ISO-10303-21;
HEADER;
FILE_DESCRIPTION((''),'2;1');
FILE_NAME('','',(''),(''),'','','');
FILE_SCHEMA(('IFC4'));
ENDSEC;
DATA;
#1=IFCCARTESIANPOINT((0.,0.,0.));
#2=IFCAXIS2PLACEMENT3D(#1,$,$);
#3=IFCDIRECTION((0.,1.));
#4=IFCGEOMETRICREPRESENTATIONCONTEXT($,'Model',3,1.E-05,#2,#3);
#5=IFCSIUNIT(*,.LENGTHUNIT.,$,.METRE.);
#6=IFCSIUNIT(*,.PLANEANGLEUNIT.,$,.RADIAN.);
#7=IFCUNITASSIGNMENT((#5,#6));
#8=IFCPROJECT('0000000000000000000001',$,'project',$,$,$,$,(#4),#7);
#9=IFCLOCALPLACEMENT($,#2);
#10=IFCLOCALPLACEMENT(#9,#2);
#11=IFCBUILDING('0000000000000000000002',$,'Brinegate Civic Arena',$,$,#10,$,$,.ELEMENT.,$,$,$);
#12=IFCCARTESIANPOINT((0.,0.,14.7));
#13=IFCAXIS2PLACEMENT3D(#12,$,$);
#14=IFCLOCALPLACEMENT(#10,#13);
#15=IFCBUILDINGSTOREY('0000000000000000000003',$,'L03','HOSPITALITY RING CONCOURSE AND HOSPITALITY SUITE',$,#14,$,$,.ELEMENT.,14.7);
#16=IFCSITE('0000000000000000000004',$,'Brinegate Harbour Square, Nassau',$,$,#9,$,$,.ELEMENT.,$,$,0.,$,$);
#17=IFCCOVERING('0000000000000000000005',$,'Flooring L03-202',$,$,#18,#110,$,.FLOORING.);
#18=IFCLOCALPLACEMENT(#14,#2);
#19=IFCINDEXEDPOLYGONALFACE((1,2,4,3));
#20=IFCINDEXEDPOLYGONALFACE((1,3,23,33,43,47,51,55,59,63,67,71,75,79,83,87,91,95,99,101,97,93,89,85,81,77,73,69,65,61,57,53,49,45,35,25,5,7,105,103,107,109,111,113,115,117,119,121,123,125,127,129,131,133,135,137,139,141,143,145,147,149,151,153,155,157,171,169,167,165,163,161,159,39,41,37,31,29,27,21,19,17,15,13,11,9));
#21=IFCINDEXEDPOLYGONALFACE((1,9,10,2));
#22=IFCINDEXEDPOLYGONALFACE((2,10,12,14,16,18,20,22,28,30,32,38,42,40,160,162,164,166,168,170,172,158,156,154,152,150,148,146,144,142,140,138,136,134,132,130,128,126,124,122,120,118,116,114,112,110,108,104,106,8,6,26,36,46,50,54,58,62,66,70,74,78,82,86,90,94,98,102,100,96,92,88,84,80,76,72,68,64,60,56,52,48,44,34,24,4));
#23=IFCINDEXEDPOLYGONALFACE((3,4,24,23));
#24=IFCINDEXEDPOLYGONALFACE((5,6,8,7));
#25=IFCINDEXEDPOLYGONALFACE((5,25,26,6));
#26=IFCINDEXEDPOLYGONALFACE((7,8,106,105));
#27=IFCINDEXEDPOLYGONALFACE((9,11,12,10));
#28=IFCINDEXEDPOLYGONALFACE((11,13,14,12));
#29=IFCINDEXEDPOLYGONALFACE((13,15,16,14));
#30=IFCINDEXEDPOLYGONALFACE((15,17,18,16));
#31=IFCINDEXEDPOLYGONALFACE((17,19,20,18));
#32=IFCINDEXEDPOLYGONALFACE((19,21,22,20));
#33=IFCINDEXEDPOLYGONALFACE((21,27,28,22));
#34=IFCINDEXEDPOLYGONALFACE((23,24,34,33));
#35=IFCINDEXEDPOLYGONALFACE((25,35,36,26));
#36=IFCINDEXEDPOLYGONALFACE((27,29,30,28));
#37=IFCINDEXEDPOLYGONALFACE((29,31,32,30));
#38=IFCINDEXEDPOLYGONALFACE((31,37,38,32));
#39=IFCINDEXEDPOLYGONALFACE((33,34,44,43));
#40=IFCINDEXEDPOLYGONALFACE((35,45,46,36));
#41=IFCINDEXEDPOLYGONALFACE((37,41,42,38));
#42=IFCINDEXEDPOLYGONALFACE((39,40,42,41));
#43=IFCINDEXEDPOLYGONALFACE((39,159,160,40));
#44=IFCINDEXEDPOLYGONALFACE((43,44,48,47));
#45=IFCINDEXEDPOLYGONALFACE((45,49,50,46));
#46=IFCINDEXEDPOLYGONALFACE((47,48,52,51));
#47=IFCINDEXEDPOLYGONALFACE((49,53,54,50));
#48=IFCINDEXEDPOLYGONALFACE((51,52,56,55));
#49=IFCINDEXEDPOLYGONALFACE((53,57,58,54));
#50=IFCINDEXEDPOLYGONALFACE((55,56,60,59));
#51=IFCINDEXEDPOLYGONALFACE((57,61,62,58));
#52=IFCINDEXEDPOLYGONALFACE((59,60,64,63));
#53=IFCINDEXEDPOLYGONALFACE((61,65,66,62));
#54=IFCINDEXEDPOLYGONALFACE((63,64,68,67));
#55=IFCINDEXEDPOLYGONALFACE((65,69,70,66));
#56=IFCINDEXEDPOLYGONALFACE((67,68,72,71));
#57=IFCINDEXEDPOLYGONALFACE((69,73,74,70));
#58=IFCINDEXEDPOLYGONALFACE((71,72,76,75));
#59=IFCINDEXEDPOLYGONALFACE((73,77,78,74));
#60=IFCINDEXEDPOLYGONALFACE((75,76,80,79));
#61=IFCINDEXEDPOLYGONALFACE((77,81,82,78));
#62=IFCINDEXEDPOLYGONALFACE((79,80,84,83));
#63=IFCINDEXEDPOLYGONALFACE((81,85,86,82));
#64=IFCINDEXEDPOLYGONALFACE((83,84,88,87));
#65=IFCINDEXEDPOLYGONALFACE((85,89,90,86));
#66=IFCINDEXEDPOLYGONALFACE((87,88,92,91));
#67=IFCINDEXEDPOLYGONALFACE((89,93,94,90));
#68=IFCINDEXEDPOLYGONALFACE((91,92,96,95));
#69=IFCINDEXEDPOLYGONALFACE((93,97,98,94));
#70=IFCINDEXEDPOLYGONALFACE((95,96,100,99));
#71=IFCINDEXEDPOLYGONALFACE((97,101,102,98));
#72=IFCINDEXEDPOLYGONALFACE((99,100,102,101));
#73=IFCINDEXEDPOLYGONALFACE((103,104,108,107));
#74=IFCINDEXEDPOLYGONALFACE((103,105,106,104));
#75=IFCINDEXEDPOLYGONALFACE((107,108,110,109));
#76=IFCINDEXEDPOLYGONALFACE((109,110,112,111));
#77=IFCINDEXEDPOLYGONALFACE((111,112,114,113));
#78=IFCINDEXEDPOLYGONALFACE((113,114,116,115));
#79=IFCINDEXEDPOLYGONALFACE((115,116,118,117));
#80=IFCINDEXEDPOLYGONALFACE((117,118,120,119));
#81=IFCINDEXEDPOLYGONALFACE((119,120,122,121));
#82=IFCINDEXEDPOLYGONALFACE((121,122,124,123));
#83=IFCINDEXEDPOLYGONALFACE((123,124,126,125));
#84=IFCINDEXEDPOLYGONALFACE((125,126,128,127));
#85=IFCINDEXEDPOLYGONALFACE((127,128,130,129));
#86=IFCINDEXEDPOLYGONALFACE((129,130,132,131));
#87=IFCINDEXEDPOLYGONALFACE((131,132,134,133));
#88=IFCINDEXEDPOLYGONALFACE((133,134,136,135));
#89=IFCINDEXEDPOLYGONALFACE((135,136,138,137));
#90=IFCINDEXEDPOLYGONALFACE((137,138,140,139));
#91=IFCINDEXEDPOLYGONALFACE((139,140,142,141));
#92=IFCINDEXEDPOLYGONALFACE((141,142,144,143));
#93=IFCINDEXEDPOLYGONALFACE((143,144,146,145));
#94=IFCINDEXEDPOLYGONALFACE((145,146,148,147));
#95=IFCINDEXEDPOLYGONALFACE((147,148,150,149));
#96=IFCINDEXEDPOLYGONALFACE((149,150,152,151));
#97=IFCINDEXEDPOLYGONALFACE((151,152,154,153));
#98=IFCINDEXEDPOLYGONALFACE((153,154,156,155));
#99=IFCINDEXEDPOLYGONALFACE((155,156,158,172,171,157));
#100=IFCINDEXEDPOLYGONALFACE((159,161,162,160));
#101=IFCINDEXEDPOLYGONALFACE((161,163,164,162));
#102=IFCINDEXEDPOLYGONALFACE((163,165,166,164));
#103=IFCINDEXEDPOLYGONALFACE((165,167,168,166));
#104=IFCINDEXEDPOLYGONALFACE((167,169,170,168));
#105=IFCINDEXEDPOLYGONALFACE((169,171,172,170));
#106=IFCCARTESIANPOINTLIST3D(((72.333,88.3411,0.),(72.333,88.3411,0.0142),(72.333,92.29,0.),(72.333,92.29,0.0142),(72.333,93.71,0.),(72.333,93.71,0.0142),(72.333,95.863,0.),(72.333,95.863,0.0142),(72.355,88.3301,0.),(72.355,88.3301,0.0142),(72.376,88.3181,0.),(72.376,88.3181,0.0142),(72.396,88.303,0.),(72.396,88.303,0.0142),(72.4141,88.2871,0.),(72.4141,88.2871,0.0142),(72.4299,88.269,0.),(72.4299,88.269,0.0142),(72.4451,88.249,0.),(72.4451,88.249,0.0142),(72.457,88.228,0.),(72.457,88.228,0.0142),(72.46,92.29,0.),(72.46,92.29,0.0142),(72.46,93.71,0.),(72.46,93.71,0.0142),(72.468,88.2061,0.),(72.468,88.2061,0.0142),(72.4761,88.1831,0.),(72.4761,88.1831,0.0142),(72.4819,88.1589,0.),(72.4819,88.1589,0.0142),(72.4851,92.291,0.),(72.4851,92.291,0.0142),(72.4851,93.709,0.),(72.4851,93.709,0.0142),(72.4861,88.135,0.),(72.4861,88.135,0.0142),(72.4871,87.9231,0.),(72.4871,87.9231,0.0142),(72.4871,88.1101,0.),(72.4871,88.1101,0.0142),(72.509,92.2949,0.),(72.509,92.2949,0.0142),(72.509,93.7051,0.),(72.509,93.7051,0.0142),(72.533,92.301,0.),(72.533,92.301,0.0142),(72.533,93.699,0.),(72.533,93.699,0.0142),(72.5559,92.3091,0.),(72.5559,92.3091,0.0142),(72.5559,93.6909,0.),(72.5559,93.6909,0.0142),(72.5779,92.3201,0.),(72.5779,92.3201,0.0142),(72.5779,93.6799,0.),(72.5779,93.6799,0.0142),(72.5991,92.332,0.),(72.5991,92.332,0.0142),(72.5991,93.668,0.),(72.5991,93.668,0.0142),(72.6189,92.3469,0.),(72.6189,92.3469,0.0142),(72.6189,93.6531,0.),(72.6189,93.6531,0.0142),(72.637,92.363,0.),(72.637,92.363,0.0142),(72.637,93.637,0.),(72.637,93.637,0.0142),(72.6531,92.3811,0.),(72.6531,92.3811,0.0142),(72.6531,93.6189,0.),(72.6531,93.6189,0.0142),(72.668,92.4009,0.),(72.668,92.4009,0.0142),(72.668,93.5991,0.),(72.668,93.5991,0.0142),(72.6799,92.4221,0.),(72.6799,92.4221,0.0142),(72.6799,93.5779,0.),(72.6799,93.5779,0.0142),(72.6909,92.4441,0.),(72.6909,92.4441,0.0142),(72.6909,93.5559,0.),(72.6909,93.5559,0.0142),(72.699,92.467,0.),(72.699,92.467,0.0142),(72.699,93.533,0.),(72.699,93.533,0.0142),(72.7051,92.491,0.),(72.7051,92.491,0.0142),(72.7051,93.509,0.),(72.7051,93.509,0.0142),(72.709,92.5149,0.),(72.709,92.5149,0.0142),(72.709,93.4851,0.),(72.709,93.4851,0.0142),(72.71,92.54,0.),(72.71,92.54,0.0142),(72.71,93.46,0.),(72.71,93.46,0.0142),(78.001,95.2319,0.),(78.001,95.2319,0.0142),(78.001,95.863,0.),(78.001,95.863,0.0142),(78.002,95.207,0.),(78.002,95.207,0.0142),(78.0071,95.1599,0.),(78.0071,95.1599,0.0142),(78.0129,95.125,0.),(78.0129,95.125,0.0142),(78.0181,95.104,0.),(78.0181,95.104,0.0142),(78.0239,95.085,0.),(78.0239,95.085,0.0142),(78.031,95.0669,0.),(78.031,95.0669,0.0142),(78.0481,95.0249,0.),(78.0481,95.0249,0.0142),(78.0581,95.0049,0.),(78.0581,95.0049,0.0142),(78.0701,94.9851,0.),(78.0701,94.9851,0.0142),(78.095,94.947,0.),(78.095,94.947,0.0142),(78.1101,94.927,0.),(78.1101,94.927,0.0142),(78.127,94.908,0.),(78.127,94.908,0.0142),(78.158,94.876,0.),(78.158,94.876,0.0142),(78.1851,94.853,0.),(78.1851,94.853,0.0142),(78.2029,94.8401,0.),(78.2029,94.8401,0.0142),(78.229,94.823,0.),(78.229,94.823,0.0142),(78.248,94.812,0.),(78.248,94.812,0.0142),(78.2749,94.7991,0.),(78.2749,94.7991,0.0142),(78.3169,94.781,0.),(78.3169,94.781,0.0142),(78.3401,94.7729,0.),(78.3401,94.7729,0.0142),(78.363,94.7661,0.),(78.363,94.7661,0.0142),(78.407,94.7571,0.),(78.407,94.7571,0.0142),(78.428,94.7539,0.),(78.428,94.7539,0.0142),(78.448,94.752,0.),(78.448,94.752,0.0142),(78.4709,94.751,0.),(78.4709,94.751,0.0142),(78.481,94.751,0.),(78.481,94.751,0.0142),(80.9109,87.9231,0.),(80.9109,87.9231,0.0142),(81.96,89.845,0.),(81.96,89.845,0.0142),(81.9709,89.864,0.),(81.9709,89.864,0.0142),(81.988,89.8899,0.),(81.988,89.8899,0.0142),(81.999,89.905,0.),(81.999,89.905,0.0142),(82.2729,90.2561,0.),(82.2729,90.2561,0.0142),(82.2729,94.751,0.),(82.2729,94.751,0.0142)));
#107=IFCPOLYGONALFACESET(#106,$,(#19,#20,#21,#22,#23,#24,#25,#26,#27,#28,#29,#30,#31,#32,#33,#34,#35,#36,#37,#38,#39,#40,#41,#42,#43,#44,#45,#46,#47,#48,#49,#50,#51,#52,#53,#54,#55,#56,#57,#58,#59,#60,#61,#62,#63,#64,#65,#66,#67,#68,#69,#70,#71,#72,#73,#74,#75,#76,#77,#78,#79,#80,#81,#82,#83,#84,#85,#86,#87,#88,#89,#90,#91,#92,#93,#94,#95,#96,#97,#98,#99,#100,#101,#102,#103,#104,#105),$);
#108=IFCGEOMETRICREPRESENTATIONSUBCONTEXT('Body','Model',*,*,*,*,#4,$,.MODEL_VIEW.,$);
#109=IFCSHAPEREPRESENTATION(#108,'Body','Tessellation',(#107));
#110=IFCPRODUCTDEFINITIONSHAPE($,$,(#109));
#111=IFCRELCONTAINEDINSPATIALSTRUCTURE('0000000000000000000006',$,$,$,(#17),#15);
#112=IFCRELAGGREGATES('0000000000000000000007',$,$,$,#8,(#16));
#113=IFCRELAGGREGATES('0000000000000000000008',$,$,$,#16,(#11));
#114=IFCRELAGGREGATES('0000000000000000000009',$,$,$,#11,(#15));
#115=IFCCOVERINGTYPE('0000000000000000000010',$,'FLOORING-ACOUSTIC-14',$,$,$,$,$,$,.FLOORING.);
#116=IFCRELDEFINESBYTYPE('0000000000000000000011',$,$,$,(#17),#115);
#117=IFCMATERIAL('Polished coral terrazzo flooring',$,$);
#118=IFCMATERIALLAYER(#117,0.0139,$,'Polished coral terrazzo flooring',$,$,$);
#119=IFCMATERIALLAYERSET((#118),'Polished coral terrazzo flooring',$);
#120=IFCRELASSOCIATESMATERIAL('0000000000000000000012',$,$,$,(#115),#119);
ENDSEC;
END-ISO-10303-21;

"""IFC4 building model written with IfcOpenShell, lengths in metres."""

from ifc_helpers import new_model, si_unit, direction, frame, origin, place, context, subcontext, project, spatial, polyline, outline, extrude, material, layer, layer_set, type_object, element, save


model = new_model("IFC4")

# Units and contexts
model_context = context("Model", 3, precision=1e-05, world=origin(), true_north=direction((0.0, 1.0)))
body_context = subcontext(model_context, "Body", "Model", "MODEL_VIEW")
ifc_project = project(units=[si_unit("LENGTHUNIT", "METRE"), si_unit("PLANEANGLEUNIT", "RADIAN")], contexts=[model_context])

# Site, building, storey
site_placement = place(None, origin())
site = spatial("IfcSite", under=ifc_project, at=site_placement, Name="Brinegate Harbour Square, Nassau", CompositionType="ELEMENT", RefElevation=0.0)
building_placement = place(site_placement, origin())
building = spatial("IfcBuilding", under=site, at=building_placement, Name="Brinegate Civic Arena", CompositionType="ELEMENT")
storey_placement = place(building_placement, frame((0.0, 0.0, 14.7)))
storey = spatial("IfcBuildingStorey", under=building, at=storey_placement, Name="L03", Description="HOSPITALITY RING CONCOURSE AND HOSPITALITY SUITE", CompositionType="ELEMENT", Elevation=14.7)

# Covering
ifc_material_1 = material(Name="Polished coral terrazzo flooring")
ifc_layer_1 = layer(ifc_material_1, 0.0139, Name="Polished coral terrazzo flooring")
ifc_layer_set_1 = layer_set([ifc_layer_1], Name="Polished coral terrazzo flooring")
covering_type_1 = type_object("IfcCoveringType", Name="FLOORING-ACOUSTIC-14", PredefinedType="FLOORING", material=ifc_layer_set_1)
covering_1_placement = place(storey_placement, origin())
element("IfcCovering", 1, at=covering_1_placement, inside=storey, type_object=covering_type_1, Name="Flooring L03-202", PredefinedType="FLOORING", context=body_context, shape_type="SweptSolid", body=[
    extrude(outline(polyline([(72.333, 95.863), (78.001, 95.863), (78.001, 95.2319), (78.002, 95.207), (78.0071, 95.1599), (78.0129, 95.125), (78.0181, 95.104), (78.0239, 95.085), (78.031, 95.0669), (78.0481, 95.0249), (78.0581, 95.0049), (78.0701, 94.9851), (78.095, 94.947), (78.1101, 94.927), (78.127, 94.908), (78.158, 94.876), (78.1851, 94.853), (78.2029, 94.8401), (78.229, 94.823), (78.248, 94.812), (78.2749, 94.7991), (78.3169, 94.781), (78.3401, 94.7729), (78.363, 94.7661), (78.407, 94.7571), (78.428, 94.7539), (78.448, 94.752), (78.4709, 94.751), (78.481, 94.751), (82.2729, 94.751), (82.2729, 90.2561), (81.999, 89.905), (81.988, 89.8899), (81.9709, 89.864), (81.96, 89.845), (80.9109, 87.9231), (72.4871, 87.9231), (72.4871, 88.1101), (72.4861, 88.135), (72.4819, 88.1589), (72.4761, 88.1831), (72.468, 88.2061), (72.457, 88.228), (72.4451, 88.249), (72.4299, 88.269), (72.4141, 88.2871), (72.396, 88.303), (72.376, 88.3181), (72.355, 88.3301), (72.333, 88.3411), (72.333, 92.29), (72.46, 92.29), (72.4851, 92.291), (72.509, 92.2949), (72.533, 92.301), (72.5559, 92.3091), (72.5779, 92.3201), (72.5991, 92.332), (72.6189, 92.3469), (72.637, 92.363), (72.6531, 92.3811), (72.668, 92.4009), (72.6799, 92.4221), (72.6909, 92.4441), (72.699, 92.467), (72.7051, 92.491), (72.709, 92.5149), (72.71, 92.54), (72.71, 93.46), (72.709, 93.4851), (72.7051, 93.509), (72.699, 93.533), (72.6909, 93.5559), (72.6799, 93.5779), (72.668, 93.5991), (72.6531, 93.6189), (72.637, 93.637), (72.6189, 93.6531), (72.5991, 93.668), (72.5779, 93.6799), (72.5559, 93.6909), (72.533, 93.699), (72.509, 93.7051), (72.4851, 93.709), (72.46, 93.71), (72.333, 93.71), (72.333, 95.863)])), origin(), (0.0, 0.0, 1.0), 0.0142),
])

save(model, "model.ifc")
